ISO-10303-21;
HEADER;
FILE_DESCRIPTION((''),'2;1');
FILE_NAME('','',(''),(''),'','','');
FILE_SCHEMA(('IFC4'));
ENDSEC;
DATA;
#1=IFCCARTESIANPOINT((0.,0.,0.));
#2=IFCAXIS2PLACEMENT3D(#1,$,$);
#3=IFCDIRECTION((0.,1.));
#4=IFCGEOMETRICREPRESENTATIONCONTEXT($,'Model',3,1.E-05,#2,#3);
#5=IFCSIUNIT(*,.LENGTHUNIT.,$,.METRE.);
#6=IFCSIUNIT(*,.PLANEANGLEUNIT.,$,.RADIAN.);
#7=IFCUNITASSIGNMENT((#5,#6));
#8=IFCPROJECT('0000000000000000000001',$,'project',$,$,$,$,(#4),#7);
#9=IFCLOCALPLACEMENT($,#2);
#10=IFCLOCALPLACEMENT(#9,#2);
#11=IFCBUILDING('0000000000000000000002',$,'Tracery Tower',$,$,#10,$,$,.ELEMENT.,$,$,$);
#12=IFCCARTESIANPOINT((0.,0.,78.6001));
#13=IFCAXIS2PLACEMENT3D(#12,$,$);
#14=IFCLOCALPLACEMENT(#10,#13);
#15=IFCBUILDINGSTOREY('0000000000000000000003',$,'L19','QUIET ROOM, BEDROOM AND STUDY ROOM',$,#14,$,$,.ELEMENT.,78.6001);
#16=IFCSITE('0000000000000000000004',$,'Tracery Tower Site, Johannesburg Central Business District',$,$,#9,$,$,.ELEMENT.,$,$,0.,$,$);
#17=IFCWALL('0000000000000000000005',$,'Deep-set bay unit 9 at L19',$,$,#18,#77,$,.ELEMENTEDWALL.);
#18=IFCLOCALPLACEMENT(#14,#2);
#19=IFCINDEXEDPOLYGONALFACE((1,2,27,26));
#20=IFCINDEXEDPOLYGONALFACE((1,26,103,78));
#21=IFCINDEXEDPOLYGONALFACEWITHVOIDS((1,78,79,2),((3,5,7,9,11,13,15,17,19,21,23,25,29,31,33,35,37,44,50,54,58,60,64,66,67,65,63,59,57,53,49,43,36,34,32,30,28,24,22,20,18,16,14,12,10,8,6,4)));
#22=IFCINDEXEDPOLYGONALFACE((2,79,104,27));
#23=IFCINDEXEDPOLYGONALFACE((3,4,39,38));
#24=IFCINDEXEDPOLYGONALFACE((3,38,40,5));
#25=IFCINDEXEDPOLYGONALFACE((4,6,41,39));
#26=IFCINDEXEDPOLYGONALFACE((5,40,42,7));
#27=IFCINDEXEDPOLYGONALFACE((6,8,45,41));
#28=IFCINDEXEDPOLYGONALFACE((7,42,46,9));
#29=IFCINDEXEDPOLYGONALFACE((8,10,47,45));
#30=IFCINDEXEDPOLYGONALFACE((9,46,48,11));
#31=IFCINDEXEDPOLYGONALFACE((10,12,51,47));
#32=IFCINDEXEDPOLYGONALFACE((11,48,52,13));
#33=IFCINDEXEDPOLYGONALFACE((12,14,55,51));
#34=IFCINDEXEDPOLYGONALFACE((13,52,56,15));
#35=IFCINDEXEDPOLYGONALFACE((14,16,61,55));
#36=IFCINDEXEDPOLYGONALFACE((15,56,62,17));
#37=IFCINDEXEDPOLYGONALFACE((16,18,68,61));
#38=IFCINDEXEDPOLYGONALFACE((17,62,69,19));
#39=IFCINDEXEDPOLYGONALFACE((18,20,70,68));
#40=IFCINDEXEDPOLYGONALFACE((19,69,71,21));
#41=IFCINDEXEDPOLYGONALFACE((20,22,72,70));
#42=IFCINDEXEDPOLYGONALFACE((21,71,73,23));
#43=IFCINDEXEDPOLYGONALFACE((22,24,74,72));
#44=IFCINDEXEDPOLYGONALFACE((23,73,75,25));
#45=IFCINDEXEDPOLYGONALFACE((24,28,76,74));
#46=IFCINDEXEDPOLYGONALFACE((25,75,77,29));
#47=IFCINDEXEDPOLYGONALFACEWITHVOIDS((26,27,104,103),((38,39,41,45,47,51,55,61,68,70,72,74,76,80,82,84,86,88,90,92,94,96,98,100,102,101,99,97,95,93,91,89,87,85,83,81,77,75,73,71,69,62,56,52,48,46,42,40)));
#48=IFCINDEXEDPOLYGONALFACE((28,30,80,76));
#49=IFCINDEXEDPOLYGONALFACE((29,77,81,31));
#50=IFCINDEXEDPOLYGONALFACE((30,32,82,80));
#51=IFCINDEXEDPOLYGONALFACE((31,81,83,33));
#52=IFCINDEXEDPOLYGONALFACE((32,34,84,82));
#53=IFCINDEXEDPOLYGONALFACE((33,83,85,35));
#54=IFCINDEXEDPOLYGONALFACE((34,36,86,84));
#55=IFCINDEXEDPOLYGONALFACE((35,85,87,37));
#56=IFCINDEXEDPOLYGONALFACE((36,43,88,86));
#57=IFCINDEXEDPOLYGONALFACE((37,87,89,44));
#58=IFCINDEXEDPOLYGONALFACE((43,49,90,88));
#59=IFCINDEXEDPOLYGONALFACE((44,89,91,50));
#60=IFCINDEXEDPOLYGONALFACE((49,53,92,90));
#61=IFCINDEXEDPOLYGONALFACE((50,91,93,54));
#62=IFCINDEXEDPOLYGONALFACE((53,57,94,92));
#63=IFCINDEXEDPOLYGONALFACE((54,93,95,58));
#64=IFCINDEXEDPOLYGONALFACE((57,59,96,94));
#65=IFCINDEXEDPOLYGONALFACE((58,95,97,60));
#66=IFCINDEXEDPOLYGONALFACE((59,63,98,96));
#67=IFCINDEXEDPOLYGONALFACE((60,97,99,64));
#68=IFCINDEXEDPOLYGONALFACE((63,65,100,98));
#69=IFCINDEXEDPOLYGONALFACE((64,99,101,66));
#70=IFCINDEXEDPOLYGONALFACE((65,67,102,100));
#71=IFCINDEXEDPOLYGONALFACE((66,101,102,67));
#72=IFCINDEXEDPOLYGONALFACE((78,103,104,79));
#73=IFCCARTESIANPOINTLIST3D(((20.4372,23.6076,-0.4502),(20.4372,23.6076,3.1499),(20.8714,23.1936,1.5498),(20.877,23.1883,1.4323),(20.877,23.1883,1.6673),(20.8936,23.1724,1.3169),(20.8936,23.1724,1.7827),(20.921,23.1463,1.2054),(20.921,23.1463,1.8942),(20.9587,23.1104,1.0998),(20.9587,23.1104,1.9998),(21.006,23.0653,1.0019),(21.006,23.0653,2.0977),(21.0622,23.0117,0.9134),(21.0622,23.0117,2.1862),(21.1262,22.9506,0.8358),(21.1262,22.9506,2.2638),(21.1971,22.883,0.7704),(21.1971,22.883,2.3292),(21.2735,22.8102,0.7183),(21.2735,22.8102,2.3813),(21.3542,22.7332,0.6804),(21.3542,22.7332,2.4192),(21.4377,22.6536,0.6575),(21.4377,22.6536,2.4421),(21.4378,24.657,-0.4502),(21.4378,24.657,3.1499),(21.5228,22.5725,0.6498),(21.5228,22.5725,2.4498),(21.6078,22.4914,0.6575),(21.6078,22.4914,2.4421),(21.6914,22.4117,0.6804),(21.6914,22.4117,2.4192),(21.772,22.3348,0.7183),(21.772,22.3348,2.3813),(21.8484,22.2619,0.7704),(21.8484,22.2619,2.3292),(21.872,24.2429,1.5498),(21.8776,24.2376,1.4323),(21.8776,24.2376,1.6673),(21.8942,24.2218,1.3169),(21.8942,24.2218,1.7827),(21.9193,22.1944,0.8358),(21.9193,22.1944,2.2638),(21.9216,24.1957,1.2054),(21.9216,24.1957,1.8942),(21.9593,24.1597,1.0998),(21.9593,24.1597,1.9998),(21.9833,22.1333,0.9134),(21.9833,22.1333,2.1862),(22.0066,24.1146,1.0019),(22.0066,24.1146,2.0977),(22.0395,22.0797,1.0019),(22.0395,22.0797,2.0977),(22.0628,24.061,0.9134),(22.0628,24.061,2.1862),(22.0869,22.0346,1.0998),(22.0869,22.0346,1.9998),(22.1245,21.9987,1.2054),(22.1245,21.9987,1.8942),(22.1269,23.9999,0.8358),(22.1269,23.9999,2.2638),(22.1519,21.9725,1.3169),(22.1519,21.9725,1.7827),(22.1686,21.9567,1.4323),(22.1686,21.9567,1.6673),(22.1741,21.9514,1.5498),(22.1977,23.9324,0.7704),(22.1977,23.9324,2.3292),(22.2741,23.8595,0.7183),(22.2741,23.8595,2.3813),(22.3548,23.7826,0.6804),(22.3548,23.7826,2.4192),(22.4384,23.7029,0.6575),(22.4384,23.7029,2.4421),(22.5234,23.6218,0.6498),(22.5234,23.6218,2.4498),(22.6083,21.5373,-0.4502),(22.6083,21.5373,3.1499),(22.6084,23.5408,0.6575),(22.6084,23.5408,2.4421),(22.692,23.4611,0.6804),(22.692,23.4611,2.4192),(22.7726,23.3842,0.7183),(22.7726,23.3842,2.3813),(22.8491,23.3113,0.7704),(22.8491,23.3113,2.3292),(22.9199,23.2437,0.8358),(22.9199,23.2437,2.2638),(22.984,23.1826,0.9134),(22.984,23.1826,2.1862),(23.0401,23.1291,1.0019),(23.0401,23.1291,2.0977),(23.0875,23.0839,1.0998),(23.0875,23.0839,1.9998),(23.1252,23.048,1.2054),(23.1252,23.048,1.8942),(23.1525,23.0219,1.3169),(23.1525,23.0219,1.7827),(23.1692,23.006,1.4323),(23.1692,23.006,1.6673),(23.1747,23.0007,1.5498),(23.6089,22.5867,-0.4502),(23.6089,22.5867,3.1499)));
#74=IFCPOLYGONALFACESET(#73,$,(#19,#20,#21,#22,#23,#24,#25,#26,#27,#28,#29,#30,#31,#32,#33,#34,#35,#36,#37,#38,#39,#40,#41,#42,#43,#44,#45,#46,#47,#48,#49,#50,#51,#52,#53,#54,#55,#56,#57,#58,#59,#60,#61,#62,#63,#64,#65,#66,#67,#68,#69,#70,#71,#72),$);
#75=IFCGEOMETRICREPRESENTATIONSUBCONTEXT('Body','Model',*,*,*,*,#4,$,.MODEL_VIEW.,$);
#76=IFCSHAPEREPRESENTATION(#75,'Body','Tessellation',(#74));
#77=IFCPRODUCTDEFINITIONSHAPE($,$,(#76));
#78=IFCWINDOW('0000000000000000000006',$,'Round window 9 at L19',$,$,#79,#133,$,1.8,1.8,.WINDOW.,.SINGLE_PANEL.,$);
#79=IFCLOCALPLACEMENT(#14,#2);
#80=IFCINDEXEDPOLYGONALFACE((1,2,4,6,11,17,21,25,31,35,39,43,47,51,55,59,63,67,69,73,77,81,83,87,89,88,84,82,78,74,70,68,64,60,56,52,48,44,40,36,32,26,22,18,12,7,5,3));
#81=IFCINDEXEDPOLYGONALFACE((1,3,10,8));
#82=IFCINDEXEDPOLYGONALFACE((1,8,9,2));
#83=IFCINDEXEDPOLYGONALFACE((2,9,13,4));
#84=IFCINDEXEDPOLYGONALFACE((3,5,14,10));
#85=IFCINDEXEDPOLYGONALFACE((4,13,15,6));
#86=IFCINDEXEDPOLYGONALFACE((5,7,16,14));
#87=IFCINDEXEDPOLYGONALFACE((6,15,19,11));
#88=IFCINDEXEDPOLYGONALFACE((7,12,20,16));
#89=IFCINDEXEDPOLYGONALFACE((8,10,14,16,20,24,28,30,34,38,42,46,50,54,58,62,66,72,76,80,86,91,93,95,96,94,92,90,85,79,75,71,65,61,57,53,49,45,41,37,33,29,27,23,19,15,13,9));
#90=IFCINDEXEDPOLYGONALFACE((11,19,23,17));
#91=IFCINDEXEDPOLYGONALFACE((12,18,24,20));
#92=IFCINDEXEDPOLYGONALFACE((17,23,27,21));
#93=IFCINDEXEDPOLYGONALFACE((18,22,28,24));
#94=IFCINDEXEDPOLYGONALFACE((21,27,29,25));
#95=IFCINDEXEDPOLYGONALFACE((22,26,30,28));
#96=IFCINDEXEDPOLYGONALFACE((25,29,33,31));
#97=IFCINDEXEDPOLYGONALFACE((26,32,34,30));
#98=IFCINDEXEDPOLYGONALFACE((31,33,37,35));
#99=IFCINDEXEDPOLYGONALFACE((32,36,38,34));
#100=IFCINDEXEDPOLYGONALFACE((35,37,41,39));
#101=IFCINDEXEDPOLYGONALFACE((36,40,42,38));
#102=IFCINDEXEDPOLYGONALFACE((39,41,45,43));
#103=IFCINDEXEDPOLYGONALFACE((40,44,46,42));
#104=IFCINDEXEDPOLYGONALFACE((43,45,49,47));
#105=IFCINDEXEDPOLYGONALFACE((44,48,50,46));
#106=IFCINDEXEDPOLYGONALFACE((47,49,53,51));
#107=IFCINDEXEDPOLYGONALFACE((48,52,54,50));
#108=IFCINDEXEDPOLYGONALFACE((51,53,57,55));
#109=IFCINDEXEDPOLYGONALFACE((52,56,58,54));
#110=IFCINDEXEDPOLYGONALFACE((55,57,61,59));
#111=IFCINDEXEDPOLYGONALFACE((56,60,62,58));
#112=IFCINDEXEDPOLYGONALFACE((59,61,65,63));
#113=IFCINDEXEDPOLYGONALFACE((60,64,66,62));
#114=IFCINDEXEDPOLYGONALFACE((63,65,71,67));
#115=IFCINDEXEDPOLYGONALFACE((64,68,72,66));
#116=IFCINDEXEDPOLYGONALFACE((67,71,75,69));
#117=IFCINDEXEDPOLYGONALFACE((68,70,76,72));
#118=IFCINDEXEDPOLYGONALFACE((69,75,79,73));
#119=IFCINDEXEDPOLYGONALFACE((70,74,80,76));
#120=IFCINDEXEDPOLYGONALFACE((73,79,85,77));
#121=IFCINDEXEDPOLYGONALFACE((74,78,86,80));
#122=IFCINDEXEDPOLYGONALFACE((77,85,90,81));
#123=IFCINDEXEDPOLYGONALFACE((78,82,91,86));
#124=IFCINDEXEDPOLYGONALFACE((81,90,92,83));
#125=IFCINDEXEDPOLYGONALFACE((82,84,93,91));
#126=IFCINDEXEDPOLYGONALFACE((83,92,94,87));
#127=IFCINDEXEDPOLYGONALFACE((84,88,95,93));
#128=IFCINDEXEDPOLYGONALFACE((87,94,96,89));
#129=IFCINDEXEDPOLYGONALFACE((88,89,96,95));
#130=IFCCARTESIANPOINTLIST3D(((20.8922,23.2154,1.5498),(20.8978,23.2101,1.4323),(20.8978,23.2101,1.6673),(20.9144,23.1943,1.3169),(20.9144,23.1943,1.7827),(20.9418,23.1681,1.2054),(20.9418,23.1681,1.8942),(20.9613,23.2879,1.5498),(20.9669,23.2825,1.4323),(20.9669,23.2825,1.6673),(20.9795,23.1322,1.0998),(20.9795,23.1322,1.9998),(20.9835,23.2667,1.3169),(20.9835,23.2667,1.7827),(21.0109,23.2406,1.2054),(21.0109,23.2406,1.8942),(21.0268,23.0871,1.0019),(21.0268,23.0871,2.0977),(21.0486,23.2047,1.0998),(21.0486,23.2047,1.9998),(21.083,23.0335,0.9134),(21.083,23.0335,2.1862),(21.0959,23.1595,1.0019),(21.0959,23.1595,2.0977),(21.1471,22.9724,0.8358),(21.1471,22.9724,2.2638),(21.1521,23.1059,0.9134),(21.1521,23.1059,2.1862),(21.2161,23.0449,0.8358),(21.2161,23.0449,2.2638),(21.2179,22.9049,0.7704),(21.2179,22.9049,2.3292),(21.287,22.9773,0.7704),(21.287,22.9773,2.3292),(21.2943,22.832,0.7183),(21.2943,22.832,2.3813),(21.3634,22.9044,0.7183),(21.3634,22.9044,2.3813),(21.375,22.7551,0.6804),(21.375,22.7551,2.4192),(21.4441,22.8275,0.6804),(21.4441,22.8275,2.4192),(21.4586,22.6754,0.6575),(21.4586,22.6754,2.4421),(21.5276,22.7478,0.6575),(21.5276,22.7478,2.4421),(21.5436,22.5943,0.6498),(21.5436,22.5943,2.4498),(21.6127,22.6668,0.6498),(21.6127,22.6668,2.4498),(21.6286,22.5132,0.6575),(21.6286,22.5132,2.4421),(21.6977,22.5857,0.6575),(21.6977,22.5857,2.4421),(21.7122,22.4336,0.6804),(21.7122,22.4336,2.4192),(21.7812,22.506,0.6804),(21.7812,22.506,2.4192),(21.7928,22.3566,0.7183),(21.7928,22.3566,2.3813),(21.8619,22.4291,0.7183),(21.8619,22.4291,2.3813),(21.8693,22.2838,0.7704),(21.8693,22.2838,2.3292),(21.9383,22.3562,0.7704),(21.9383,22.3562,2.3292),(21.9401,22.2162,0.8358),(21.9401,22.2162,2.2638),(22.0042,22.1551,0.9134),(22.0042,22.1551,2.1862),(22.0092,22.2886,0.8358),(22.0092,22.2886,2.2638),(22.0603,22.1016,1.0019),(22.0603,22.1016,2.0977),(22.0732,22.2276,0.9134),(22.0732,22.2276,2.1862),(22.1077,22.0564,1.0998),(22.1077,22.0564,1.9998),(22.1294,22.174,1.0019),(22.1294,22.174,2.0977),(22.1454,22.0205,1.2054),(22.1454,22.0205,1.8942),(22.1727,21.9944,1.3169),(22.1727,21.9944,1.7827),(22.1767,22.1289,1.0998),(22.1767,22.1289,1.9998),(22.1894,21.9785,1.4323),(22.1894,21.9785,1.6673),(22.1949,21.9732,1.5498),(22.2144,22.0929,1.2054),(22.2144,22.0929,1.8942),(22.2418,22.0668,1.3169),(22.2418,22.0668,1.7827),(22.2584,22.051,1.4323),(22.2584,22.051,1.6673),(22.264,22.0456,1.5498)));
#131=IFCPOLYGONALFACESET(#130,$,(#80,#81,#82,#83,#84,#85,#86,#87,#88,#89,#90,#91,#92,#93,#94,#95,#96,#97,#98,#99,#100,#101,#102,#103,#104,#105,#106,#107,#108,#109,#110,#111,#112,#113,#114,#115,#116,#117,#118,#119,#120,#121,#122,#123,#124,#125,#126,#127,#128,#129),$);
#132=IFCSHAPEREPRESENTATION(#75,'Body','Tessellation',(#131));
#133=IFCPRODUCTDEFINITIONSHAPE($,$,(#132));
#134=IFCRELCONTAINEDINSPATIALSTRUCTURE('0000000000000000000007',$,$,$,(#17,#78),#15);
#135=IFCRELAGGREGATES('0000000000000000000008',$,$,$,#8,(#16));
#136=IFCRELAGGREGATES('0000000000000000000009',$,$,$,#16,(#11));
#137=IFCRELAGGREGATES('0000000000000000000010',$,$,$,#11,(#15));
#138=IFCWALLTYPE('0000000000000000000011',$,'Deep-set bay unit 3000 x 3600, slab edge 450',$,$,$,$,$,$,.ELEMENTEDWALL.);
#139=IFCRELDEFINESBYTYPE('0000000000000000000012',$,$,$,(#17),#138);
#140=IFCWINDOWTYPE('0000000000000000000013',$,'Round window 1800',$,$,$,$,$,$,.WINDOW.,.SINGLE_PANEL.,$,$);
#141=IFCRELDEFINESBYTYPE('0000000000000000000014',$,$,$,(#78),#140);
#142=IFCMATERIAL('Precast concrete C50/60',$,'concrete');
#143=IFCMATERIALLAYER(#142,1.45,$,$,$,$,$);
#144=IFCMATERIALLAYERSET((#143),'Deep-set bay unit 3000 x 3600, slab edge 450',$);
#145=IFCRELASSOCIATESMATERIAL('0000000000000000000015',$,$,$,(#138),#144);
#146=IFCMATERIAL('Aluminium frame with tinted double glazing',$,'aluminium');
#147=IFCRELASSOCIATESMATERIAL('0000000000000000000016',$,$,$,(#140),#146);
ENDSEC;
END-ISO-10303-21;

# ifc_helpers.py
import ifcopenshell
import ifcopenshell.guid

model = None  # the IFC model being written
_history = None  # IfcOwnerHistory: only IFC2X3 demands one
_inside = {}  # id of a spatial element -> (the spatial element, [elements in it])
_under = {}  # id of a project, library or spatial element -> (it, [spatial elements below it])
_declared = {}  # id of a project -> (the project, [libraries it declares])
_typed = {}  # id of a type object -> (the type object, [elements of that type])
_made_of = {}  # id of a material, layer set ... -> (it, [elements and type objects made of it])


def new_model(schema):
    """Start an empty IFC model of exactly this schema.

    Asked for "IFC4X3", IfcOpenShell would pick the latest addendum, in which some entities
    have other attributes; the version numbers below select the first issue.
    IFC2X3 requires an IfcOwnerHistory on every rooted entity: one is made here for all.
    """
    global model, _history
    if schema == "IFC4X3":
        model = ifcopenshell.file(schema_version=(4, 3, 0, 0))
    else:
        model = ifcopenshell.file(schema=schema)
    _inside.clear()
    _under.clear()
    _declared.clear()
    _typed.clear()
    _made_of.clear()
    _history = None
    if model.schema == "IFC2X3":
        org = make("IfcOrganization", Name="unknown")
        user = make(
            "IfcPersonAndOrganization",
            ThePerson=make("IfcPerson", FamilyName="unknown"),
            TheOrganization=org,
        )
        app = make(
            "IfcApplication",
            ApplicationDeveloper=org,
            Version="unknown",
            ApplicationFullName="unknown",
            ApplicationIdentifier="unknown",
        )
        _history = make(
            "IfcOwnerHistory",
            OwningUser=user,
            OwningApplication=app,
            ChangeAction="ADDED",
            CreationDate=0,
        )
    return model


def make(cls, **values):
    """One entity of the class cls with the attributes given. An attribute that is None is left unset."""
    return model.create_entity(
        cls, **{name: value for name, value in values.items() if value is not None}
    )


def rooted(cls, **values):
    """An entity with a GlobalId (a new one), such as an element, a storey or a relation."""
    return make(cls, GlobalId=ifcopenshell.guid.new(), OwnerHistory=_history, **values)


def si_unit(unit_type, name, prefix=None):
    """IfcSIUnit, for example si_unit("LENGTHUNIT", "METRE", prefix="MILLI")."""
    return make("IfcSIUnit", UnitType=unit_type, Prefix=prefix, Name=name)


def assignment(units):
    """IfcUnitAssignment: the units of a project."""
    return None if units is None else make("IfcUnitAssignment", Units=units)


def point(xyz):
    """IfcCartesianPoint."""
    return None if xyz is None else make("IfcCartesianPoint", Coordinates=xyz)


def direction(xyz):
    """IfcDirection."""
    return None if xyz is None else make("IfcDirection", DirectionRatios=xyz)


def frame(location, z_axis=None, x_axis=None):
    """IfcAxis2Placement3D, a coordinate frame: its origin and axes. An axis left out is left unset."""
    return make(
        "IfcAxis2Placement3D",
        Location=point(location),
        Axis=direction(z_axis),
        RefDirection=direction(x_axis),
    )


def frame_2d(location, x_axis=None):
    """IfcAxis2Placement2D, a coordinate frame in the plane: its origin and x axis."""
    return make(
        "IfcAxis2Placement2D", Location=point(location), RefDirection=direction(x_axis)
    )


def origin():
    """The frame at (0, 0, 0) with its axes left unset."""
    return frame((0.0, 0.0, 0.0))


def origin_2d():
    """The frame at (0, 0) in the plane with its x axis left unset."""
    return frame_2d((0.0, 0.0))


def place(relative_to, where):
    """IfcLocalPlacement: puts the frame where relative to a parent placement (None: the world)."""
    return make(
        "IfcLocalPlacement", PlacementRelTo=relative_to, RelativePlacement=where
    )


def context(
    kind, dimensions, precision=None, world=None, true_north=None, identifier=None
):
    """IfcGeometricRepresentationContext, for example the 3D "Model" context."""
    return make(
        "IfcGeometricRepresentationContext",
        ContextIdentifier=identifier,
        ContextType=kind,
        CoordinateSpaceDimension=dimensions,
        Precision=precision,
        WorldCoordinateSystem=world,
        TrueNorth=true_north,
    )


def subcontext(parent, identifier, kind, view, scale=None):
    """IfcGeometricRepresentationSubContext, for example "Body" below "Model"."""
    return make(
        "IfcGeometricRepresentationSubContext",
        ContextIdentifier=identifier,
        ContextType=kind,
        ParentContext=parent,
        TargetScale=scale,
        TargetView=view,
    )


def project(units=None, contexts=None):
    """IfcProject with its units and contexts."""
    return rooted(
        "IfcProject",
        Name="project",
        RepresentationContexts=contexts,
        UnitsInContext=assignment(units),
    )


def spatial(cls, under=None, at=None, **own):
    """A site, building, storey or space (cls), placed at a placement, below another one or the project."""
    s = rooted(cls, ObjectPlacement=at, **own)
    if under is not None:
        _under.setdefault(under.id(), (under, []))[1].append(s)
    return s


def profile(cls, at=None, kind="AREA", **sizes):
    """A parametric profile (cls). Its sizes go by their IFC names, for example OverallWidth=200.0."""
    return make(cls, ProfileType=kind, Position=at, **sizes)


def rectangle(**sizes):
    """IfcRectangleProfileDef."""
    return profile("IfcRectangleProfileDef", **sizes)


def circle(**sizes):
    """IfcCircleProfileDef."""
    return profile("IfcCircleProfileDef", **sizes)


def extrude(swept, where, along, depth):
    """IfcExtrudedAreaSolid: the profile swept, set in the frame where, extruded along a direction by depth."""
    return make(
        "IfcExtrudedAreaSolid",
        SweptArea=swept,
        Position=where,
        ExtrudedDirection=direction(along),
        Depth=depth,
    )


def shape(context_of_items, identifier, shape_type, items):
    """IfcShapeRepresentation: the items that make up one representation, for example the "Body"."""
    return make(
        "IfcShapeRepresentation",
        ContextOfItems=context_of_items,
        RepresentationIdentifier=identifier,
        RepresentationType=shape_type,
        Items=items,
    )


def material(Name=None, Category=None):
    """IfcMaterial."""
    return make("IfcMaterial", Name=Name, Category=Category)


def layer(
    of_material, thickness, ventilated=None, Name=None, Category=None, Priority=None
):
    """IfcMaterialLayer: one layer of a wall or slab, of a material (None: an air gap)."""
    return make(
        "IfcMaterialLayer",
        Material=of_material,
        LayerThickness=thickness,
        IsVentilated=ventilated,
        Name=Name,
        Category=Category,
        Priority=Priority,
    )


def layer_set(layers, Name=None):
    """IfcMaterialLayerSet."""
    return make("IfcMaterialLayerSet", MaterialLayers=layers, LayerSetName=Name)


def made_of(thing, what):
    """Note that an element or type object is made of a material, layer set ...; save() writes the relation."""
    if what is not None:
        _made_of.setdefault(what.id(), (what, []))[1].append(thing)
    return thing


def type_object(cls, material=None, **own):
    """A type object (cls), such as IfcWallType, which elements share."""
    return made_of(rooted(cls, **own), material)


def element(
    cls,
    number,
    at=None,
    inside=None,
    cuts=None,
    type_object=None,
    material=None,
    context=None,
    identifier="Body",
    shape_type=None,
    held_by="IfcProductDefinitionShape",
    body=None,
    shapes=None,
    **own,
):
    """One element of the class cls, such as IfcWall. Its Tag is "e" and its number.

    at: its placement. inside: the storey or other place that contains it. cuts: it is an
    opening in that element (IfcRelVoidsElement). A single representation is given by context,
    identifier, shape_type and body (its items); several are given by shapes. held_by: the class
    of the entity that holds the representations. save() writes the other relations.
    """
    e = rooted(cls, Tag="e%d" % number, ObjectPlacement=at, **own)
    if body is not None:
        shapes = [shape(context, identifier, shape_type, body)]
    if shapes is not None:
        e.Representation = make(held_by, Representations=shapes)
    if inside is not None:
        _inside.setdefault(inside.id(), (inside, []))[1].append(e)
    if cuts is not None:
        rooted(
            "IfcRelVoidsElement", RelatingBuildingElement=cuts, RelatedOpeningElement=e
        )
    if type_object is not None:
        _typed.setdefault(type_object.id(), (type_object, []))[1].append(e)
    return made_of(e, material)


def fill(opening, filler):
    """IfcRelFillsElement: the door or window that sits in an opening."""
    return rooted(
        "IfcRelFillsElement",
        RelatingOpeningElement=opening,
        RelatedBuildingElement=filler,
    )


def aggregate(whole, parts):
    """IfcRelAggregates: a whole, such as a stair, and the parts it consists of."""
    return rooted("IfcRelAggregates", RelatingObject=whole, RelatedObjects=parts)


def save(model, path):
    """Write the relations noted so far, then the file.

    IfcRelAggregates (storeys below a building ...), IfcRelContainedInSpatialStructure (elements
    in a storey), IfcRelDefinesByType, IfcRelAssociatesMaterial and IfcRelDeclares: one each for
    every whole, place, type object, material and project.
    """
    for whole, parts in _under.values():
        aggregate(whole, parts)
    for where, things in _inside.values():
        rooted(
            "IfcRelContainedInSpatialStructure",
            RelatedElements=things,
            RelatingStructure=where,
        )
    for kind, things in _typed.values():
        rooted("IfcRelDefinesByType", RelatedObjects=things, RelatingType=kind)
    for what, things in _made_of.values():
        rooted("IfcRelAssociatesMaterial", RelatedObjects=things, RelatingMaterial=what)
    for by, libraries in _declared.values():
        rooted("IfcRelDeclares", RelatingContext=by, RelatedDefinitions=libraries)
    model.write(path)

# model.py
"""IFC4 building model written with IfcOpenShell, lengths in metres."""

from ifc_helpers import new_model, si_unit, direction, frame, frame_2d, origin, origin_2d, place, context, subcontext, project, spatial, rectangle, circle, extrude, material, layer, layer_set, type_object, element, fill, save


model = new_model("IFC4")

# Units and contexts
model_context = context("Model", 3, precision=1e-05, world=origin(), true_north=direction((0.0, 1.0)))
body_context = subcontext(model_context, "Body", "Model", "MODEL_VIEW")
ifc_project = project(units=[si_unit("LENGTHUNIT", "METRE"), si_unit("PLANEANGLEUNIT", "RADIAN")], contexts=[model_context])

# Site, building, storey
site_placement = place(None, origin())
site = spatial("IfcSite", under=ifc_project, at=site_placement, Name="Tracery Tower Site, Johannesburg Central Business District", CompositionType="ELEMENT", RefElevation=0.0)
building_placement = place(site_placement, origin())
building = spatial("IfcBuilding", under=site, at=building_placement, Name="Tracery Tower", CompositionType="ELEMENT")
storey_placement = place(building_placement, frame((0.0, 0.0, 78.6001)))
storey = spatial("IfcBuildingStorey", under=building, at=storey_placement, Name="L19", Description="QUIET ROOM, BEDROOM AND STUDY ROOM", CompositionType="ELEMENT", Elevation=78.6001)

# Wall, opening, window
ifc_material_1 = material(Name="Precast concrete C50/60", Category="concrete")
ifc_layer_1 = layer(ifc_material_1, 1.45)
ifc_layer_set_1 = layer_set([ifc_layer_1], Name="Deep-set bay unit 3000 x 3600, slab edge 450")
wall_type_1 = type_object("IfcWallType", Name="Deep-set bay unit 3000 x 3600, slab edge 450", PredefinedType="ELEMENTEDWALL", material=ifc_layer_set_1)
wall_1_placement = place(storey_placement, frame((23.1086, 22.062, -0.4502), z_axis=(0.0, 0.0, 1.0), x_axis=(-0.723712, 0.690102, 0.0)))
wall_1 = element("IfcWall", 1, at=wall_1_placement, inside=storey, type_object=wall_type_1, Name="Deep-set bay unit 9 at L19", PredefinedType="ELEMENTEDWALL", context=body_context, shape_type="SweptSolid", body=[
    extrude(rectangle(XDim=3.0, YDim=1.45, at=frame_2d((1.5, 0.0))), origin(), (0.0, 0.0, 1.0), 3.6001),
])
opening_1_placement = place(wall_1_placement, frame((1.5, 0.0, 2.0)))
opening_1 = element("IfcOpeningElement", 2, at=opening_1_placement, cuts=wall_1, PredefinedType="OPENING", context=body_context, shape_type="SweptSolid", body=[
    extrude(circle(Radius=0.9, at=origin_2d()), frame((0.0, 0.7349, 0.0), z_axis=(0.0, -1.0, 0.0), x_axis=(1.0, 0.0, 0.0)), (0.0, 0.0, 1.0), 1.47),
])
ifc_material_2 = material(Name="Aluminium frame with tinted double glazing", Category="aluminium")
window_type = type_object("IfcWindowType", Name="Round window 1800", PartitioningType="SINGLE_PANEL", PredefinedType="WINDOW", material=ifc_material_2)
window_1_placement = place(opening_1_placement, origin())
window_1 = element("IfcWindow", 3, at=window_1_placement, inside=storey, type_object=window_type, Name="Round window 9 at L19", OverallHeight=1.8, OverallWidth=1.8, PartitioningType="SINGLE_PANEL", PredefinedType="WINDOW", context=body_context, shape_type="SweptSolid", body=[
    extrude(circle(Radius=0.9, at=origin_2d()), frame((0.0, 0.6948, 0.0), z_axis=(0.0, -1.0, 0.0), x_axis=(1.0, 0.0, 0.0)), (0.0, 0.0, 1.0), 0.1001),
])
fill(opening_1, window_1)

save(model, "model.ifc")
